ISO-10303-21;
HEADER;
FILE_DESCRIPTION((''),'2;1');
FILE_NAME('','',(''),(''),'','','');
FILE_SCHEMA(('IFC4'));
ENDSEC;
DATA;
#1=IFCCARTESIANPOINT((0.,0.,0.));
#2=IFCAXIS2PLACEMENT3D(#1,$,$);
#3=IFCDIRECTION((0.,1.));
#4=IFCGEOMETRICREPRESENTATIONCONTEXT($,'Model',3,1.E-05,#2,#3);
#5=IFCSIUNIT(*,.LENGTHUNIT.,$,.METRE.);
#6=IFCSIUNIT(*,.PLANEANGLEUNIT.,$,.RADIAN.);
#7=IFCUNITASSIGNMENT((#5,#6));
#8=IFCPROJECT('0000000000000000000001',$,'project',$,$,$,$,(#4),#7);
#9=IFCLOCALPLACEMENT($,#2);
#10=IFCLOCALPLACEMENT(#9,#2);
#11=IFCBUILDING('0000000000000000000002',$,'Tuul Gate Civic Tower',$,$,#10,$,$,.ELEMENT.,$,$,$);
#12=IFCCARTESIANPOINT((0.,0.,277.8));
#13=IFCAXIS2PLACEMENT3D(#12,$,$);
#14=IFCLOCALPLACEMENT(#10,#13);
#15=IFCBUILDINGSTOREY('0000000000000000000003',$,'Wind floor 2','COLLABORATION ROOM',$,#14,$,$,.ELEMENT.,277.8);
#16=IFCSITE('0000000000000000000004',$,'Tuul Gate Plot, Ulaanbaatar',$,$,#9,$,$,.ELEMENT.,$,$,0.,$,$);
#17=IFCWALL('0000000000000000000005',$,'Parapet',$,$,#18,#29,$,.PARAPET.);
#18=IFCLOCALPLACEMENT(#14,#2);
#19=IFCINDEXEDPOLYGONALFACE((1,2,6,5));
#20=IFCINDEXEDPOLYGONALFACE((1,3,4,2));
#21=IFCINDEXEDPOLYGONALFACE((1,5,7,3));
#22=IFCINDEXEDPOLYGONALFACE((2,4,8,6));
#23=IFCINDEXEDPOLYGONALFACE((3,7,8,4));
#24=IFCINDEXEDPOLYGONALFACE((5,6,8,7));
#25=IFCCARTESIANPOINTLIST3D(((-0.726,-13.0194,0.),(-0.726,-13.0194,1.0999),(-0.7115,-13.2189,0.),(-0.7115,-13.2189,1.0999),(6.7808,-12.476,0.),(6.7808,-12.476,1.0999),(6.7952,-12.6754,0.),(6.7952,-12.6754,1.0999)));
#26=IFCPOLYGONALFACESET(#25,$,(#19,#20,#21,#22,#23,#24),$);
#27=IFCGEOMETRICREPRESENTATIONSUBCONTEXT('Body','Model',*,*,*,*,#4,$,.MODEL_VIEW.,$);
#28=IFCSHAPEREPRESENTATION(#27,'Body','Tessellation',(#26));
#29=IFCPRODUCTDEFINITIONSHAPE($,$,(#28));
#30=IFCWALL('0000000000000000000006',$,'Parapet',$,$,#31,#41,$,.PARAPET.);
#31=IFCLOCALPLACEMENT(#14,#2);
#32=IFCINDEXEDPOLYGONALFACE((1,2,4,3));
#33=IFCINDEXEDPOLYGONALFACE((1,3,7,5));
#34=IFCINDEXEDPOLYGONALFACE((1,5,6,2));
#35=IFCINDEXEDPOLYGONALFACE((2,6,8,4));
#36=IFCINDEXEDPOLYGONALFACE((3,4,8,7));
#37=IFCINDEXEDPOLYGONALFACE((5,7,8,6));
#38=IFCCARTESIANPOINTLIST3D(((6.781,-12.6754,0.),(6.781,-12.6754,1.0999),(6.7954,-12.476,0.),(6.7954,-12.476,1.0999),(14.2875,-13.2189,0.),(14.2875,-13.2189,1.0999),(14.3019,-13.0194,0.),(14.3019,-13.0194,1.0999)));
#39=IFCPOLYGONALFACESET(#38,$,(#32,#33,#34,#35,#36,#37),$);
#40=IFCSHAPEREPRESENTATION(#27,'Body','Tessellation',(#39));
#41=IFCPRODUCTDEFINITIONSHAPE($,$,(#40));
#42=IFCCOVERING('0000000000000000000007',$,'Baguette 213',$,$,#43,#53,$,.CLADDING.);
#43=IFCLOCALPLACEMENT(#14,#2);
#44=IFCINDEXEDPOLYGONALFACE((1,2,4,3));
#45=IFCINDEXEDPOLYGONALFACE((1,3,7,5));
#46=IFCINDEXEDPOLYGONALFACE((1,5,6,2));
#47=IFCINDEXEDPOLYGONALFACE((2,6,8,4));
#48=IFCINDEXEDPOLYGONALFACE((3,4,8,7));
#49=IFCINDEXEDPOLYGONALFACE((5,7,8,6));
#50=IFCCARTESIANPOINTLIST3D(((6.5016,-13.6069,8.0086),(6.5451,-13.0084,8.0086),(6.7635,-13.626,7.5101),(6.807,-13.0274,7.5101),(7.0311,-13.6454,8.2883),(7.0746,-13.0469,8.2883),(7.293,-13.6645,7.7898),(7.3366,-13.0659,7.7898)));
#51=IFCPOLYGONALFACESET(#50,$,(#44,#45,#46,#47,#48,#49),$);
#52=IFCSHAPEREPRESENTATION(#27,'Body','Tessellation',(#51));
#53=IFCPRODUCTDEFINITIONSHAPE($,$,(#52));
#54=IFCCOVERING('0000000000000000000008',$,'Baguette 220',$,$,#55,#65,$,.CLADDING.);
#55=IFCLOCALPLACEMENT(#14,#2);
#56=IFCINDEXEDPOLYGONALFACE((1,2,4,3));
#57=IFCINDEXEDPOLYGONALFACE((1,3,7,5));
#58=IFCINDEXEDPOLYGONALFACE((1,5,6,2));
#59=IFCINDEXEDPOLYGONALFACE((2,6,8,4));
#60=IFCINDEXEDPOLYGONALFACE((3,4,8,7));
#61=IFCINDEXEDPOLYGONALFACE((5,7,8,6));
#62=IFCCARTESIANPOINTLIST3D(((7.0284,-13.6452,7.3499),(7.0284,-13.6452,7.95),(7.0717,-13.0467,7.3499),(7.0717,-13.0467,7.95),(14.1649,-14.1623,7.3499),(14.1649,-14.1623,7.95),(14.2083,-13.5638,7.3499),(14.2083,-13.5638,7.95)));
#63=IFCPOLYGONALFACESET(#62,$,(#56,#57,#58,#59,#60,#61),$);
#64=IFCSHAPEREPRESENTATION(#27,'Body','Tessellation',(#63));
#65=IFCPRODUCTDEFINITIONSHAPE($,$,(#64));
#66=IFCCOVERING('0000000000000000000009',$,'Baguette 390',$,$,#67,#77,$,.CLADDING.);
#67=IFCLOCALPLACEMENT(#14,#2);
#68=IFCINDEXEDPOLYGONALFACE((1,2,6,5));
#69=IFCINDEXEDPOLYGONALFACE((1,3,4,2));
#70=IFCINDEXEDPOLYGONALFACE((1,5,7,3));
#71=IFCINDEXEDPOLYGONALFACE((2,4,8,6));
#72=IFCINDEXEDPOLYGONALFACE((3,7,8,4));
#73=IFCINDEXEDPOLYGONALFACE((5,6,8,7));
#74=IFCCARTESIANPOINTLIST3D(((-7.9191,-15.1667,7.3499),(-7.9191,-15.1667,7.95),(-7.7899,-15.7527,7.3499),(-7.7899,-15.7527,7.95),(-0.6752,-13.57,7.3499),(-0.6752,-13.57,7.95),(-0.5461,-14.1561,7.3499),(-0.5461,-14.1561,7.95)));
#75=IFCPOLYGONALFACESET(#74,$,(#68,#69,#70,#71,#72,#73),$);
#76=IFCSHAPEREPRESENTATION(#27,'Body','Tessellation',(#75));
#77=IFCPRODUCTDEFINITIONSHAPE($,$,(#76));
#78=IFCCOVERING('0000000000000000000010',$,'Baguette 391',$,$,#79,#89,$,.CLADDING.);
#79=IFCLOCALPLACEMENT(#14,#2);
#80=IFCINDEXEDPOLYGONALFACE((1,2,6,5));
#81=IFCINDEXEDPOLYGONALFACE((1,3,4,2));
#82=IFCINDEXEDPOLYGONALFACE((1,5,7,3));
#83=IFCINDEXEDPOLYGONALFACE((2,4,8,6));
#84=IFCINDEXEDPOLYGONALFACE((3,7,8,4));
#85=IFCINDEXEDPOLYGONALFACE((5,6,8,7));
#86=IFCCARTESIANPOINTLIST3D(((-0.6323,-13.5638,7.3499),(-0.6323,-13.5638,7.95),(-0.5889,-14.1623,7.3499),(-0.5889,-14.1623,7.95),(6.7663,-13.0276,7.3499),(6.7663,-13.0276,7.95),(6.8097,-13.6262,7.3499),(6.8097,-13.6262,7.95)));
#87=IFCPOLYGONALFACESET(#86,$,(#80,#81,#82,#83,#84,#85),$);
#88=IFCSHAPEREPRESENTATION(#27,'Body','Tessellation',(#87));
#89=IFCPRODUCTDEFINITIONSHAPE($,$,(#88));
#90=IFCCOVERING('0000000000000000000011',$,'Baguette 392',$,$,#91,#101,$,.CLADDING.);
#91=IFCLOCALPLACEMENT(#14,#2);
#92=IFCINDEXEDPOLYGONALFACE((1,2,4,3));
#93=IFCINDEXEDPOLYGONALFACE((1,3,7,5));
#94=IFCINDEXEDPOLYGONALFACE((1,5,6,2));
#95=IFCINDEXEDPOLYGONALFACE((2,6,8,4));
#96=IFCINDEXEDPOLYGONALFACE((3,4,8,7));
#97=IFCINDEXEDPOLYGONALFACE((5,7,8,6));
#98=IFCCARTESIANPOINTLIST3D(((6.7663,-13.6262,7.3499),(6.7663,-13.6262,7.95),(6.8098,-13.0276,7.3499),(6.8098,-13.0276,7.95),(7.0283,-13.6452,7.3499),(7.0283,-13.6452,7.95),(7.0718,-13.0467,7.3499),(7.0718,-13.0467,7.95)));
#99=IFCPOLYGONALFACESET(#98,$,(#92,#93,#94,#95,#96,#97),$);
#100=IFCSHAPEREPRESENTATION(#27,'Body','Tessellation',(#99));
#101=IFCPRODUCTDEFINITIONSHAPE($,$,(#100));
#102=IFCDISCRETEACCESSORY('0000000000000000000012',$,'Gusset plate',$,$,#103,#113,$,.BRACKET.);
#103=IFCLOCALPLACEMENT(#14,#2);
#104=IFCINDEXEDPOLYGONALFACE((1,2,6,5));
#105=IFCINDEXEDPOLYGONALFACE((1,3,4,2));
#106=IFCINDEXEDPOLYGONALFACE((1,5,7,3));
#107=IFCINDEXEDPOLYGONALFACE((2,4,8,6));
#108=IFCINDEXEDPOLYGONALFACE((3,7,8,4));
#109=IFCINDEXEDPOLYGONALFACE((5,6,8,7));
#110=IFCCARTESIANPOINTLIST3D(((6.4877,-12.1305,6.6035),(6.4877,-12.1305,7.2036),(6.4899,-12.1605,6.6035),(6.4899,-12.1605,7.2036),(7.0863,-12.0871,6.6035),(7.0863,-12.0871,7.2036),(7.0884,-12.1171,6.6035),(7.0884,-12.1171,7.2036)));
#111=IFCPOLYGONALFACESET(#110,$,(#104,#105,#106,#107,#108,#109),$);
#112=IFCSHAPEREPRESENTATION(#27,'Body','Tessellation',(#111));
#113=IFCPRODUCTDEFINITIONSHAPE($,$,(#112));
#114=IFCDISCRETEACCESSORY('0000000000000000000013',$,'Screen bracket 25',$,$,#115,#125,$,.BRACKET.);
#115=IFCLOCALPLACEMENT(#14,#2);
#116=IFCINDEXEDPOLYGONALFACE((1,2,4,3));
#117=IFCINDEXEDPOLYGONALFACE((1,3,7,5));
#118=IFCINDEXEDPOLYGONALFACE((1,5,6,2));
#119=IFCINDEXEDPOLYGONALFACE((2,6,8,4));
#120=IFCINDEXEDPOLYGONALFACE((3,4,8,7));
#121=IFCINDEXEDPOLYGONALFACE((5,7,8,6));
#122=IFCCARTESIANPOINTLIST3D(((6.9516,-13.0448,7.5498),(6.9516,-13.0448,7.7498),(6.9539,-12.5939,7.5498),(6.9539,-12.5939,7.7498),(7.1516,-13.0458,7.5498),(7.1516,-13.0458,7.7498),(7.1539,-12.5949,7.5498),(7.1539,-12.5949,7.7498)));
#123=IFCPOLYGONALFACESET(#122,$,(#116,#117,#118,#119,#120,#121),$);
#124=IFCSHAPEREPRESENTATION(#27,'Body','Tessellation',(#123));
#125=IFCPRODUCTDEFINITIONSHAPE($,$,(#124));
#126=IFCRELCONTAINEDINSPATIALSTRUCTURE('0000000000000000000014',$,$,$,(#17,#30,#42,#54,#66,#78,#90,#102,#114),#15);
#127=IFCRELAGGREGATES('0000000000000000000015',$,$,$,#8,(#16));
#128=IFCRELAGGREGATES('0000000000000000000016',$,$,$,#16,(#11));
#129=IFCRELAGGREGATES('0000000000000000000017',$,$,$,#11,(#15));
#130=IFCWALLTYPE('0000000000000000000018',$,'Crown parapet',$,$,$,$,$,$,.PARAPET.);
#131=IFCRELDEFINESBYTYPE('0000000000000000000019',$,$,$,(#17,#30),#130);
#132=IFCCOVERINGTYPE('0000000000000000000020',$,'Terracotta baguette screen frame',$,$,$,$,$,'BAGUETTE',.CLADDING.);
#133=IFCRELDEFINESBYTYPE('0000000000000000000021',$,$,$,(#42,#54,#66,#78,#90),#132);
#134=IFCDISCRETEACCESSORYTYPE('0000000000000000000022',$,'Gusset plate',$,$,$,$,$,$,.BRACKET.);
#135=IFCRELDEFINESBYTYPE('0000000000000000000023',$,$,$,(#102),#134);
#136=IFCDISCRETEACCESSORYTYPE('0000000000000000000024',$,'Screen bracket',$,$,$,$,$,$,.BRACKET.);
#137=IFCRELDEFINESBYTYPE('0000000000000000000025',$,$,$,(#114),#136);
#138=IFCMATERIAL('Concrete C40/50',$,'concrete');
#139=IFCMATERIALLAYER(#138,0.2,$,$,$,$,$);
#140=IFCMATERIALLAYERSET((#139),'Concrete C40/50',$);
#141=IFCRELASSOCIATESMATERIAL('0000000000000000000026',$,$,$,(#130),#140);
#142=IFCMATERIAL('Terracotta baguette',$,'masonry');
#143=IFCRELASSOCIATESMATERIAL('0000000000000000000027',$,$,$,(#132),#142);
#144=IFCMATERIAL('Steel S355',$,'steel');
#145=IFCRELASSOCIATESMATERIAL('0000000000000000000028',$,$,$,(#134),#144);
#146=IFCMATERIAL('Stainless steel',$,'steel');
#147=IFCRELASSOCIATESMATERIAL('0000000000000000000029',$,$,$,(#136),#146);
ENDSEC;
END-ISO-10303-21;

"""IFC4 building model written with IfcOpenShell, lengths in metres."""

from ifc_helpers import new_model, si_unit, direction, frame, frame_2d, origin, origin_2d, place, context, subcontext, project, spatial, rectangle, extrude, material, layer, layer_set, material_profile, profile_set, type_object, element, save


model = new_model("IFC4")

# Units and contexts
model_context = context("Model", 3, precision=1e-05, world=origin(), true_north=direction((0.0, 1.0)))
body_context = subcontext(model_context, "Body", "Model", "MODEL_VIEW")
ifc_project = project(units=[si_unit("LENGTHUNIT", "METRE"), si_unit("PLANEANGLEUNIT", "RADIAN")], contexts=[model_context])

# Site, building, storey
site_placement = place(None, origin())
site = spatial("IfcSite", under=ifc_project, at=site_placement, Name="Tuul Gate Plot, Ulaanbaatar", CompositionType="ELEMENT", RefElevation=0.0)
building_placement = place(site_placement, origin())
building = spatial("IfcBuilding", under=site, at=building_placement, Name="Tuul Gate Civic Tower", CompositionType="ELEMENT")
storey_placement = place(building_placement, frame((0.0, 0.0, 277.8)))
storey = spatial("IfcBuildingStorey", under=building, at=storey_placement, Name="Wind floor 2", Description="COLLABORATION ROOM", CompositionType="ELEMENT", Elevation=277.8)

# Walls
ifc_material_1 = material(Name="Concrete C40/50", Category="concrete")
ifc_layer = layer(ifc_material_1, 0.2)
ifc_layer_set = layer_set([ifc_layer], Name="Concrete C40/50")
wall_type = type_object("IfcWallType", Name="Crown parapet", PredefinedType="PARAPET", material=ifc_layer_set)
wall_1_placement = place(storey_placement, frame((-0.7188, -13.1191, 0.0), z_axis=(0.0, 0.0, 1.0), x_axis=(0.99739, 0.072206, 0.0)))
element("IfcWall", 1, at=wall_1_placement, inside=storey, type_object=wall_type, Name="Parapet", PredefinedType="PARAPET", context=body_context, shape_type="SweptSolid", body=[
    extrude(rectangle(XDim=7.5264, YDim=0.2, at=frame_2d((3.7632, 0.0))), origin(), (0.0, 0.0, 1.0), 1.0999),
])
wall_2_placement = place(storey_placement, frame((6.7881, -12.5757, 0.0), z_axis=(0.0, 0.0, 1.0), x_axis=(0.99739, -0.072208, 0.0)))
element("IfcWall", 2, at=wall_2_placement, inside=storey, type_object=wall_type, Name="Parapet", PredefinedType="PARAPET", context=body_context, shape_type="SweptSolid", body=[
    extrude(rectangle(XDim=7.5261, YDim=0.2, at=frame_2d((3.7632, 0.0))), origin(), (0.0, 0.0, 1.0), 1.0999),
])

# Coverings
ifc_material_2 = material(Name="Terracotta baguette", Category="masonry")
ifc_material_profile_1 = material_profile(ifc_material_2, rectangle(XDim=0.6001, YDim=0.6001, at=origin_2d()), Name="Terracotta baguette screen frame")
ifc_profile_set_1 = profile_set([ifc_material_profile_1], Name="Terracotta baguette")
covering_type = type_object("IfcCoveringType", Name="Terracotta baguette screen frame", ElementType="BAGUETTE", PredefinedType="CLADDING", material=ifc_profile_set_1)
covering_1_placement = place(storey_placement, frame((6.7881, -13.3269, 8.1484), z_axis=(0.464891, -0.033795, -0.884723), x_axis=(0.072502, 0.997368, 0.0)))
element("IfcCovering", 3, at=covering_1_placement, inside=storey, type_object=covering_type, Name="Baguette 213", PredefinedType="CLADDING", context=body_context, shape_type="SweptSolid", body=[
    extrude(rectangle(XDim=0.6001, YDim=0.6001, at=origin_2d()), origin(), (0.0, 0.0, 1.0), 0.5635),
])
covering_2_placement = place(storey_placement, frame((7.05, -13.3459, 7.6499), z_axis=(0.997385, -0.072268, 0.0), x_axis=(0.072268, 0.997385, 0.0)))
element("IfcCovering", 4, at=covering_2_placement, inside=storey, type_object=covering_type, Name="Baguette 220", PredefinedType="CLADDING", context=body_context, shape_type="SweptSolid", body=[
    extrude(rectangle(XDim=0.6001, YDim=0.6001, at=origin_2d()), origin(), (0.0, 0.0, 1.0), 7.1553),
])
covering_3_placement = place(storey_placement, frame((-7.8545, -15.4597, 7.6499), z_axis=(0.976559, 0.21525, 0.0), x_axis=(-0.21525, 0.976559, 0.0)))
element("IfcCovering", 5, at=covering_3_placement, inside=storey, type_object=covering_type, Name="Baguette 390", PredefinedType="CLADDING", context=body_context, shape_type="SweptSolid", body=[
    extrude(rectangle(XDim=0.6001, YDim=0.6001, at=origin_2d()), origin(), (0.0, 0.0, 1.0), 7.4177),
])
covering_4_placement = place(storey_placement, frame((-0.6106, -13.863, 7.6499), z_axis=(0.997385, 0.072274, 0.0), x_axis=(-0.072274, 0.997385, 0.0)))
element("IfcCovering", 6, at=covering_4_placement, inside=storey, type_object=covering_type, Name="Baguette 391", PredefinedType="CLADDING", context=body_context, shape_type="SweptSolid", body=[
    extrude(rectangle(XDim=0.6001, YDim=0.6001, at=origin_2d()), origin(), (0.0, 0.0, 1.0), 7.418),
])
covering_5_placement = place(storey_placement, frame((6.7881, -13.3269, 7.6499), z_axis=(0.997368, -0.072502, 0.0), x_axis=(0.072502, 0.997368, 0.0)))
element("IfcCovering", 7, at=covering_5_placement, inside=storey, type_object=covering_type, Name="Baguette 392", PredefinedType="CLADDING", context=body_context, shape_type="SweptSolid", body=[
    extrude(rectangle(XDim=0.6001, YDim=0.6001, at=origin_2d()), origin(), (0.0, 0.0, 1.0), 0.2627),
])

# Discrete accessories
ifc_material_3 = material(Name="Steel S355", Category="steel")
discrete_accessory_type_1 = type_object("IfcDiscreteAccessoryType", Name="Gusset plate", PredefinedType="BRACKET", material=ifc_material_3)
discrete_accessory_1_placement = place(storey_placement, frame((6.7881, -12.1238, 6.6035), z_axis=(0.0, 0.0, 1.0), x_axis=(-0.997382, -0.072314, 0.0)))
element("IfcDiscreteAccessory", 8, at=discrete_accessory_1_placement, inside=storey, type_object=discrete_accessory_type_1, Name="Gusset plate", PredefinedType="BRACKET", context=body_context, shape_type="SweptSolid", body=[
    extrude(rectangle(XDim=0.6001, YDim=0.03, at=origin_2d()), origin(), (0.0, 0.0, 1.0), 0.6001),
])
ifc_material_4 = material(Name="Stainless steel", Category="steel")
discrete_accessory_type_2 = type_object("IfcDiscreteAccessoryType", Name="Screen bracket", PredefinedType="BRACKET", material=ifc_material_4)
discrete_accessory_2_placement = place(storey_placement, frame((7.0527, -12.8198, 7.5498), z_axis=(0.0, 0.0, 1.0), x_axis=(-0.005107, -0.999987, 0.0)))
element("IfcDiscreteAccessory", 9, at=discrete_accessory_2_placement, inside=storey, type_object=discrete_accessory_type_2, Name="Screen bracket 25", PredefinedType="BRACKET", context=body_context, shape_type="SweptSolid", body=[
    extrude(rectangle(XDim=0.4509, YDim=0.2, at=origin_2d()), origin(), (0.0, 0.0, 1.0), 0.2),
])

save(model, "model.ifc")
